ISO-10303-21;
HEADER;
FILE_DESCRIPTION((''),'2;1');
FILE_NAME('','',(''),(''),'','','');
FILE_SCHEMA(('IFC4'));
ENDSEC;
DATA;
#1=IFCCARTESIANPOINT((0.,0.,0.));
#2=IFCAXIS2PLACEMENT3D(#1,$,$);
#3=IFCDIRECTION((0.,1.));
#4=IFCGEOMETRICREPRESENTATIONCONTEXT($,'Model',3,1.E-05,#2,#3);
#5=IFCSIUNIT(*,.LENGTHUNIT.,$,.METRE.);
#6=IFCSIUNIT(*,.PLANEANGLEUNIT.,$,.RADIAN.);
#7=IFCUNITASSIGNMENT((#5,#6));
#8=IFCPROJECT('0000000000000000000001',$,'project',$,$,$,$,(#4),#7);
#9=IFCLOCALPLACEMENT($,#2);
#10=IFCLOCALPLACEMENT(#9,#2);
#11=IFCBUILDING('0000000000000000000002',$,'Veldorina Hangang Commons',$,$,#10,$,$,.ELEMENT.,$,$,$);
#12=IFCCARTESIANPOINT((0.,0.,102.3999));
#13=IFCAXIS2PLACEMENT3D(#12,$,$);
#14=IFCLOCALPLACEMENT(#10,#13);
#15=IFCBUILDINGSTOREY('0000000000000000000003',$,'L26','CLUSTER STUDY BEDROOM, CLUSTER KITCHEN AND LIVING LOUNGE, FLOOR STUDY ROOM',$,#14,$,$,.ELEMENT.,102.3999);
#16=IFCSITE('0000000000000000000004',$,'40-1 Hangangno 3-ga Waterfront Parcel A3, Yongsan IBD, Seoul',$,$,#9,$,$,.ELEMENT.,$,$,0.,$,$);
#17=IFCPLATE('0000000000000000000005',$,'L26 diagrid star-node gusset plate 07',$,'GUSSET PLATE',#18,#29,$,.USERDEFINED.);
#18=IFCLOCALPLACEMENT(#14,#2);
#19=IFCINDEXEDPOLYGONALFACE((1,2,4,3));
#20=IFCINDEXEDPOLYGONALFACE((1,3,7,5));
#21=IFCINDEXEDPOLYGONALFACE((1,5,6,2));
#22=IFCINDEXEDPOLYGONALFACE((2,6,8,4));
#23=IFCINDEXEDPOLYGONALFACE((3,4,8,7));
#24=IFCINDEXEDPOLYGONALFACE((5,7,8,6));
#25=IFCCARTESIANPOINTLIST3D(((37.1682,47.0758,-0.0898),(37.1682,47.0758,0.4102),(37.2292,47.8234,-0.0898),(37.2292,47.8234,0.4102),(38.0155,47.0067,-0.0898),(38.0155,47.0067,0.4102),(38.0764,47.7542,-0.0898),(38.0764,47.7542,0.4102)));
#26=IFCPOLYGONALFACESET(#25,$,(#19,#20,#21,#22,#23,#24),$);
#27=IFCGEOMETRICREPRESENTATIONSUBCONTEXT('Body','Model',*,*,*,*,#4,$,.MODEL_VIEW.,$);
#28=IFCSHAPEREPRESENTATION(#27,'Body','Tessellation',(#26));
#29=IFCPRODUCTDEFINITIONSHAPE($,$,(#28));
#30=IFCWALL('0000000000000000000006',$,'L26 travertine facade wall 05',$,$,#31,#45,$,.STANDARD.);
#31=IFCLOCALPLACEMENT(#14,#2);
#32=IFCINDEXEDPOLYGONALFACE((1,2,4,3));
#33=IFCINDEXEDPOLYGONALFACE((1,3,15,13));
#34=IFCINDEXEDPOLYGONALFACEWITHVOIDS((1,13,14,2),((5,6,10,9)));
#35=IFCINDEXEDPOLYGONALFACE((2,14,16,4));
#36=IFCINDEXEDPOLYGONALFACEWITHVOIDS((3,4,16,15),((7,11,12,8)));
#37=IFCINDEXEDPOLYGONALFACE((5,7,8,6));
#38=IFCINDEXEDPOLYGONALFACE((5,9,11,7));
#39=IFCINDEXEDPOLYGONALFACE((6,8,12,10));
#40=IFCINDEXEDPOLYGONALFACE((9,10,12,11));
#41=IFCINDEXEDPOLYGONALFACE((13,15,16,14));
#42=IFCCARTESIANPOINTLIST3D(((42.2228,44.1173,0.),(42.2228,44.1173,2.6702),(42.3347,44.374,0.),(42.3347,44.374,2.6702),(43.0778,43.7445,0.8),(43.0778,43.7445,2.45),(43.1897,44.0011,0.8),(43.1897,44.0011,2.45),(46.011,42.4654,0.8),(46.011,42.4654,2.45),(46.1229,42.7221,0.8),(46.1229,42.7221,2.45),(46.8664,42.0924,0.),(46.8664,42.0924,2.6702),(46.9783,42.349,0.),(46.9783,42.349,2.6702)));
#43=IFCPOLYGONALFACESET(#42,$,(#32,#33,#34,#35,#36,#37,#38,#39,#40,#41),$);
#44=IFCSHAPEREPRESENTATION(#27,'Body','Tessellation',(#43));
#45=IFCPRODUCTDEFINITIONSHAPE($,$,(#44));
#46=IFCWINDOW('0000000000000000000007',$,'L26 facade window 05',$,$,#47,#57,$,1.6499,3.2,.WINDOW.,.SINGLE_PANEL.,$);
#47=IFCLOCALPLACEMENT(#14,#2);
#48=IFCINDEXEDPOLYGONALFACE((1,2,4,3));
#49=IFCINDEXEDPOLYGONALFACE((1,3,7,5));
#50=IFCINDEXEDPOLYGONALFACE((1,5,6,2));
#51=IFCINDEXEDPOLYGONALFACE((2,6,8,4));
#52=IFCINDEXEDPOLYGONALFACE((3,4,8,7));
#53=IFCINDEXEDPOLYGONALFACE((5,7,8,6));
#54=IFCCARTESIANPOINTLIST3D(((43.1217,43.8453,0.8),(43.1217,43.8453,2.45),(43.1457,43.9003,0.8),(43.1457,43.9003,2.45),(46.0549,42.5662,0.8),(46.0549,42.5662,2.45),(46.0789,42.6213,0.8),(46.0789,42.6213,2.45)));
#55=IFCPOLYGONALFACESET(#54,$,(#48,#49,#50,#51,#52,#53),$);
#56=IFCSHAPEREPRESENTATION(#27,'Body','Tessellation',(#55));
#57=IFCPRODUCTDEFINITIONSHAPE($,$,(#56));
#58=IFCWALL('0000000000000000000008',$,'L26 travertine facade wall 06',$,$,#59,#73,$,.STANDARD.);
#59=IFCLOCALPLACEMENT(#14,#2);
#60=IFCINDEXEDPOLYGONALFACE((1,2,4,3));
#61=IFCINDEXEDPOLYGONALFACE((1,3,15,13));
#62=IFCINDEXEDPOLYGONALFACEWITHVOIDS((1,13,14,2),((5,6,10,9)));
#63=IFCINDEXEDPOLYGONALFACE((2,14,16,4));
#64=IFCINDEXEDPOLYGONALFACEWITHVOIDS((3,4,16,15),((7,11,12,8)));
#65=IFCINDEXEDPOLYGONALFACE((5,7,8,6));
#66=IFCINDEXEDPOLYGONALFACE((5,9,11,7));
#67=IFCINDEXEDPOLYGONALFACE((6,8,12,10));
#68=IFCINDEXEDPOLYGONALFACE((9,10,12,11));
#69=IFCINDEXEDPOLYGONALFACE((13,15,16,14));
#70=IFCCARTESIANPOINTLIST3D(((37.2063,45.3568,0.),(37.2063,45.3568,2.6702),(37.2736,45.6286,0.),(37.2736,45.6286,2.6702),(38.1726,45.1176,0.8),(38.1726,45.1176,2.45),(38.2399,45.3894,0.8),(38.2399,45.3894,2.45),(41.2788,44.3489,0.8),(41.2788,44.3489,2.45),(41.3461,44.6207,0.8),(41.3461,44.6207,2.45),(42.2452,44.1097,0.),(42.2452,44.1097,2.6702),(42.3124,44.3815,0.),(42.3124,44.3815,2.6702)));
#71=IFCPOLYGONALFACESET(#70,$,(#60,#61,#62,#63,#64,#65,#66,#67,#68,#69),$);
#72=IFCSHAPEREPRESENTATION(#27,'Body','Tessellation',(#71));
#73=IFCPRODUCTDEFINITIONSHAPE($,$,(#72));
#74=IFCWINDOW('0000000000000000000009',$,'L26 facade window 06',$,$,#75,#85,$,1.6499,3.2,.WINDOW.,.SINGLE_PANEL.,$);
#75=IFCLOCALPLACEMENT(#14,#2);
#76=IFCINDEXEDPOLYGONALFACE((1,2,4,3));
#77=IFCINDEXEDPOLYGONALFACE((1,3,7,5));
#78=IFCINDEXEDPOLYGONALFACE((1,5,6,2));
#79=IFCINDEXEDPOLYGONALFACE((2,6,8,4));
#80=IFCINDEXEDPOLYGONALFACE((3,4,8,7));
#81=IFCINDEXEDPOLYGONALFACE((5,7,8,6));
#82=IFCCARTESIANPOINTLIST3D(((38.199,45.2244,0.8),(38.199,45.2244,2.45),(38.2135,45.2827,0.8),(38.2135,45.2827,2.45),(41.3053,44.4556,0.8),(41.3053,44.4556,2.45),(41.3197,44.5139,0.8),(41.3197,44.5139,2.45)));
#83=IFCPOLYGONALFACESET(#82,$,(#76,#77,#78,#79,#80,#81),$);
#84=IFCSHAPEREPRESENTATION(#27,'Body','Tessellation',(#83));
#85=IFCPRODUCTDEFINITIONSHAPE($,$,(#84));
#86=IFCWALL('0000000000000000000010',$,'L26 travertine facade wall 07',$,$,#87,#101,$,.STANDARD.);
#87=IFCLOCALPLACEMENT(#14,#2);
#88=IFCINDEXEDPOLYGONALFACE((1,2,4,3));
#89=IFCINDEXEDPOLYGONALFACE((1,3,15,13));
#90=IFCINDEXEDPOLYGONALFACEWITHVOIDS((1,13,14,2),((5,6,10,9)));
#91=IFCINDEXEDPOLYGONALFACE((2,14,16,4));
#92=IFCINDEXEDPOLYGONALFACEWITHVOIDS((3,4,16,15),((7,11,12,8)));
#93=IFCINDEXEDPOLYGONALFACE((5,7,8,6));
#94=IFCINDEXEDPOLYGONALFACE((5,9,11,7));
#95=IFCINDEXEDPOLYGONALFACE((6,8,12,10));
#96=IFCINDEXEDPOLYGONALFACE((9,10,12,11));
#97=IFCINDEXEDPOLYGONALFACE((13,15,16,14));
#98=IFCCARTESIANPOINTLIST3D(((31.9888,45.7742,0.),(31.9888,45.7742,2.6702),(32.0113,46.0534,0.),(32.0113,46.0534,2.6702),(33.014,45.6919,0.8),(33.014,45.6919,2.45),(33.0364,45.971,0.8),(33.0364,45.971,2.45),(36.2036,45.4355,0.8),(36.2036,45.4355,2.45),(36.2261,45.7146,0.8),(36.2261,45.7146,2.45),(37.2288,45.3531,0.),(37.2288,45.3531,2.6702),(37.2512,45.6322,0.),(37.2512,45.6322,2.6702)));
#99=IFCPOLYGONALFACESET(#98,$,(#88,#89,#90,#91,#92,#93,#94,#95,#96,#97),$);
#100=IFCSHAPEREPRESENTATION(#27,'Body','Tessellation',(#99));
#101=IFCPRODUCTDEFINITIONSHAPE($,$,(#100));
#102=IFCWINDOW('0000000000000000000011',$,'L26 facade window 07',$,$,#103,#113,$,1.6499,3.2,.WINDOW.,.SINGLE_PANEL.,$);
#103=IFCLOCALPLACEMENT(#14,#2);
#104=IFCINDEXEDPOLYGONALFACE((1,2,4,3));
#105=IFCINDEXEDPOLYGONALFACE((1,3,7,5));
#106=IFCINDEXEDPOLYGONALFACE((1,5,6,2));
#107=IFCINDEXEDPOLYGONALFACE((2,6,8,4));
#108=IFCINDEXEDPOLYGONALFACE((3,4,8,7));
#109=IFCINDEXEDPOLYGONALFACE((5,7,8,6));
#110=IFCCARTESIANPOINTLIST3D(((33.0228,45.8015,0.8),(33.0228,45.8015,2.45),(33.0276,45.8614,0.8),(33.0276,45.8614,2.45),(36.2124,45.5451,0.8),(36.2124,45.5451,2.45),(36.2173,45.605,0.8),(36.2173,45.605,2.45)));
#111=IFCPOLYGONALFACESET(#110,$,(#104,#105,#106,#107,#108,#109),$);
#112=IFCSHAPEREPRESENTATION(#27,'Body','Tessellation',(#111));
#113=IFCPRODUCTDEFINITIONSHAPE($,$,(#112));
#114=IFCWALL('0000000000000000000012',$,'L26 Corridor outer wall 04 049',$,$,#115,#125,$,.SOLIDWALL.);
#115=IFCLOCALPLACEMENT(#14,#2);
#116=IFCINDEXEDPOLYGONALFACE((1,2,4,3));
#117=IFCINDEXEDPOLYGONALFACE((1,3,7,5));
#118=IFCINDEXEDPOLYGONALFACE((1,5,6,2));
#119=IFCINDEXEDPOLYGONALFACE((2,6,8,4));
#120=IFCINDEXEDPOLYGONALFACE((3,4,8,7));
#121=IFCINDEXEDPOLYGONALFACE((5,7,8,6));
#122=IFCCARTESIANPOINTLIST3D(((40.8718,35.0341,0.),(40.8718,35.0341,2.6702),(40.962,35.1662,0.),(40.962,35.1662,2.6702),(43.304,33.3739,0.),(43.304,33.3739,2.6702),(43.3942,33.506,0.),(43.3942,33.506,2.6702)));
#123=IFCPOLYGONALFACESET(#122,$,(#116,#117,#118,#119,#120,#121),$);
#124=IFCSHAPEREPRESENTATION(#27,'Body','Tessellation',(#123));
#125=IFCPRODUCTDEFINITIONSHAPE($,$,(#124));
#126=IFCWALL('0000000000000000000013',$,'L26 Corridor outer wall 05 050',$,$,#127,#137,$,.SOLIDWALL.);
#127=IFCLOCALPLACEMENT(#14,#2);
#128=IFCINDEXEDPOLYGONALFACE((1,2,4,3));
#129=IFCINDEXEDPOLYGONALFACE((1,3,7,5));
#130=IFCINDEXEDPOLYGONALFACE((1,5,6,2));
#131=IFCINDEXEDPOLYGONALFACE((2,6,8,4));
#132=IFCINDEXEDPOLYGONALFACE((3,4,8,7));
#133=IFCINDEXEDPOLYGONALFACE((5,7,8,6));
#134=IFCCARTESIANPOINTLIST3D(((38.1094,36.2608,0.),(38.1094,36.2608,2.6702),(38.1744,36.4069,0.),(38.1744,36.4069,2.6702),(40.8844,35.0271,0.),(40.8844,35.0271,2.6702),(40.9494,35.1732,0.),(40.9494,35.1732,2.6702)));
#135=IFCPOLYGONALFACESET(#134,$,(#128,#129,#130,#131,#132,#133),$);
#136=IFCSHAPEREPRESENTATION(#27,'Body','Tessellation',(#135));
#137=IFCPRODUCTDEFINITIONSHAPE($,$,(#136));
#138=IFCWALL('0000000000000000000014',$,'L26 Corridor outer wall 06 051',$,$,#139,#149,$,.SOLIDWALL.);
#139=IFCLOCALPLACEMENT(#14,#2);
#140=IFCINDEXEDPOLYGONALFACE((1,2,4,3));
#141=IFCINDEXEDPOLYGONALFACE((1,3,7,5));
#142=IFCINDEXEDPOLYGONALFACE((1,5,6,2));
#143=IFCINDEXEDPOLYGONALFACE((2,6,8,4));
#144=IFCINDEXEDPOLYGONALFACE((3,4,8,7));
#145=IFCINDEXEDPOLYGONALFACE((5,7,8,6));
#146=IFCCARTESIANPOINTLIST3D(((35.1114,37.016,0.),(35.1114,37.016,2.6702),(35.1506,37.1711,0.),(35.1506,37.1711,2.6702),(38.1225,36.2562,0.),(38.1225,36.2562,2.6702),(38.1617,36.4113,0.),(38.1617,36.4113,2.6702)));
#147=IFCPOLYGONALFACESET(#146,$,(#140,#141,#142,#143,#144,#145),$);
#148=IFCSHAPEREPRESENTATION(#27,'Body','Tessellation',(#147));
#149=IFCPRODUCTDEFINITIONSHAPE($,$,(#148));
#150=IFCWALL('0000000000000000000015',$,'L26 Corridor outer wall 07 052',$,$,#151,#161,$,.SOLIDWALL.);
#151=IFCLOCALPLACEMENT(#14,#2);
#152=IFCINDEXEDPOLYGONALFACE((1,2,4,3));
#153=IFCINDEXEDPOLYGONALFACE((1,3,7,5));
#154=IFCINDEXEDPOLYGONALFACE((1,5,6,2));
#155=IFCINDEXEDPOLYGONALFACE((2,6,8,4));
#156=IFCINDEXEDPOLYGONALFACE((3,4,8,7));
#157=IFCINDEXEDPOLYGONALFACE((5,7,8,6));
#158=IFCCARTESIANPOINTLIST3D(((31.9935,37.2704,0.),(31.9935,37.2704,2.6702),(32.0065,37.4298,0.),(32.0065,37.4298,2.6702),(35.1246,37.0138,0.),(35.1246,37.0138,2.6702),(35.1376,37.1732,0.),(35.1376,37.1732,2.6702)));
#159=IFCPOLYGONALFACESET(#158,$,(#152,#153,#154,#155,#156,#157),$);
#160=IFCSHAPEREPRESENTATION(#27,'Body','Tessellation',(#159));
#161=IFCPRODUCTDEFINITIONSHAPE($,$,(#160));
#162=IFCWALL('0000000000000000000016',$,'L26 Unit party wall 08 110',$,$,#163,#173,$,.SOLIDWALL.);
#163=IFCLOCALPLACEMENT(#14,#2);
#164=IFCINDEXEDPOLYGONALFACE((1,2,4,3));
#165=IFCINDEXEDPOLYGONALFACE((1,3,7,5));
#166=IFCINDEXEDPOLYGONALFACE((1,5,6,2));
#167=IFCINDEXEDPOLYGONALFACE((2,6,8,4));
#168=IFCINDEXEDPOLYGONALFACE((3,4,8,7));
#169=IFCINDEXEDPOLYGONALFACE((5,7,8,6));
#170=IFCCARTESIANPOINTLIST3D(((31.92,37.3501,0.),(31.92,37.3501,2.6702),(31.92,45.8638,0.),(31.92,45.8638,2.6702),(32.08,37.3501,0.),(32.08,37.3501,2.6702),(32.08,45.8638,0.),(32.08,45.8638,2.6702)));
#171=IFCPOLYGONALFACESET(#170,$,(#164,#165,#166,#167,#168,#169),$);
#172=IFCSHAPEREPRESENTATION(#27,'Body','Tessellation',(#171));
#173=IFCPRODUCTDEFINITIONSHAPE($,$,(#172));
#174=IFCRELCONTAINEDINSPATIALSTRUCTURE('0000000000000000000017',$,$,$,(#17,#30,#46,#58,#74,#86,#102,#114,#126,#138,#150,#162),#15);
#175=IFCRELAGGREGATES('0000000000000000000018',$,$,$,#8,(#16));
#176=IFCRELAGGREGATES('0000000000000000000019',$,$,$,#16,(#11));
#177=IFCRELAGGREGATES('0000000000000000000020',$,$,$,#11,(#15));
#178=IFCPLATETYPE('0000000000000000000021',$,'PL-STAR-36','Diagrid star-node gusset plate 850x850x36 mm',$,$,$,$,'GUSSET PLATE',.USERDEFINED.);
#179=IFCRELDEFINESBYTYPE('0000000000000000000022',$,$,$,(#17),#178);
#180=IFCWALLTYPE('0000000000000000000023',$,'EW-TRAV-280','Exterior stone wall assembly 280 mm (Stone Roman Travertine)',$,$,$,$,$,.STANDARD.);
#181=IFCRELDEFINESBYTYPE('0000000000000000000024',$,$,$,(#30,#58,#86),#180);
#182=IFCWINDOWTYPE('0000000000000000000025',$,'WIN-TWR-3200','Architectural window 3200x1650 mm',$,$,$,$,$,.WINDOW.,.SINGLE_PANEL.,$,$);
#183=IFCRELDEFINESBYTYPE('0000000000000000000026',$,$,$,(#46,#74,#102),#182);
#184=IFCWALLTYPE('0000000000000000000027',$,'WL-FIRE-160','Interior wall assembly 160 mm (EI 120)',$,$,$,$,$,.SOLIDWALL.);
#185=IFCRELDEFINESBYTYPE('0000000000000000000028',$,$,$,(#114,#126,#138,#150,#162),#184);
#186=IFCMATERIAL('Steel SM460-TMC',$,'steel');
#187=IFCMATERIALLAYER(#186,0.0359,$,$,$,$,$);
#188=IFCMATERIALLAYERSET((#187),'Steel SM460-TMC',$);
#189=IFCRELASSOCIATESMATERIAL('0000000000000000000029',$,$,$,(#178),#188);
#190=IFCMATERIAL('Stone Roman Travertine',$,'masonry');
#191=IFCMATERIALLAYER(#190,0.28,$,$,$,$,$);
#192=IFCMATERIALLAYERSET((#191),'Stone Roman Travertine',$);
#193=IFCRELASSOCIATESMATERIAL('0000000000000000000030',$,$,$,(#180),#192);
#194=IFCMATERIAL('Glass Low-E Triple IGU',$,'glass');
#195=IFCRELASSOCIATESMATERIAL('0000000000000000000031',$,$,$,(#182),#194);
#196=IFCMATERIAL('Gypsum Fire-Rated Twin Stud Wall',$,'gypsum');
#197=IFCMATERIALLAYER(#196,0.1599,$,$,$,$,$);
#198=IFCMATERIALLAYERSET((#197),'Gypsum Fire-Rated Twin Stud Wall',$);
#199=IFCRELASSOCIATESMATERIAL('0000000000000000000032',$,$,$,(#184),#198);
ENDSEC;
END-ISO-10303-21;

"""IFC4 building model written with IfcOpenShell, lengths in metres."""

from ifc_helpers import new_model, si_unit, direction, frame, frame_2d, origin, origin_2d, place, context, subcontext, project, spatial, rectangle, extrude, material, layer, layer_set, type_object, element, fill, save


model = new_model("IFC4")

# Units and contexts
model_context = context("Model", 3, precision=1e-05, world=origin(), true_north=direction((0.0, 1.0)))
body_context = subcontext(model_context, "Body", "Model", "MODEL_VIEW")
ifc_project = project(units=[si_unit("LENGTHUNIT", "METRE"), si_unit("PLANEANGLEUNIT", "RADIAN")], contexts=[model_context])

# Site, building, storey
site_placement = place(None, origin())
site = spatial("IfcSite", under=ifc_project, at=site_placement, Name="40-1 Hangangno 3-ga Waterfront Parcel A3, Yongsan IBD, Seoul", CompositionType="ELEMENT", RefElevation=0.0)
building_placement = place(site_placement, origin())
building = spatial("IfcBuilding", under=site, at=building_placement, Name="Veldorina Hangang Commons", CompositionType="ELEMENT")
storey_placement = place(building_placement, frame((0.0, 0.0, 102.3999)))
storey = spatial("IfcBuildingStorey", under=building, at=storey_placement, Name="L26", Description="CLUSTER STUDY BEDROOM, CLUSTER KITCHEN AND LIVING LOUNGE, FLOOR STUDY ROOM", CompositionType="ELEMENT", Elevation=102.3999)

# Shared definitions
ifc_material_1 = material(Name="Steel SM460-TMC", Category="steel")

# Plate
ifc_layer_1 = layer(ifc_material_1, 0.0359)
ifc_layer_set_1 = layer_set([ifc_layer_1], Name="Steel SM460-TMC")
plate_type = type_object("IfcPlateType", Name="PL-STAR-36", Description="Diagrid star-node gusset plate 850x850x36 mm", ElementType="GUSSET PLATE", PredefinedType="USERDEFINED", material=ifc_layer_set_1)
plate_1_placement = place(storey_placement, frame((37.6223, 47.415, -0.0898), z_axis=(0.0, 0.0, 1.0), x_axis=(-0.996689, 0.081312, 0.0)))
element("IfcPlate", 1, at=plate_1_placement, inside=storey, type_object=plate_type, Name="L26 diagrid star-node gusset plate 07", ObjectType="GUSSET PLATE", PredefinedType="USERDEFINED", context=body_context, shape_type="SweptSolid", body=[
    extrude(rectangle(XDim=0.8501, YDim=0.75, at=origin_2d()), origin(), (0.0, 0.0, 1.0), 0.5),
])

# Walls, openings, windows
ifc_material_2 = material(Name="Stone Roman Travertine", Category="masonry")
ifc_layer_2 = layer(ifc_material_2, 0.28)
ifc_layer_set_2 = layer_set([ifc_layer_2], Name="Stone Roman Travertine")
wall_type_1 = type_object("IfcWallType", Name="EW-TRAV-280", Description="Exterior stone wall assembly 280 mm (Stone Roman Travertine)", PredefinedType="STANDARD", material=ifc_layer_set_2)
wall_1_placement = place(storey_placement, frame((46.9224, 42.2207, 0.0), z_axis=(0.0, 0.0, 1.0), x_axis=(-0.916639, 0.399716, 0.0)))
wall_1 = element("IfcWall", 2, at=wall_1_placement, inside=storey, type_object=wall_type_1, Name="L26 travertine facade wall 05", PredefinedType="STANDARD", context=body_context, shape_type="SweptSolid", body=[
    extrude(rectangle(XDim=5.0659, YDim=0.28, at=frame_2d((2.533, 0.0))), origin(), (0.0, 0.0, 1.0), 2.6702),
])
opening_1_placement = place(wall_1_placement, frame((0.9331, 0.0, 0.8)))
opening_1 = element("IfcOpeningElement", 3, at=opening_1_placement, cuts=wall_1, PredefinedType="OPENING", context=body_context, shape_type="SweptSolid", body=[
    extrude(rectangle(XDim=3.2, YDim=1.6499, at=frame_2d((1.6001, 0.825))), frame((0.0, 0.1499, 0.0), z_axis=(0.0, -1.0, 0.0), x_axis=(1.0, 0.0, 0.0)), (0.0, 0.0, 1.0), 0.3),
])
ifc_material_3 = material(Name="Glass Low-E Triple IGU", Category="glass")
window_type = type_object("IfcWindowType", Name="WIN-TWR-3200", Description="Architectural window 3200x1650 mm", PartitioningType="SINGLE_PANEL", PredefinedType="WINDOW", material=ifc_material_3)
window_1_placement = place(opening_1_placement, origin())
window_1 = element("IfcWindow", 4, at=window_1_placement, inside=storey, type_object=window_type, Name="L26 facade window 05", OverallHeight=1.6499, OverallWidth=3.2, PartitioningType="SINGLE_PANEL", PredefinedType="WINDOW", context=body_context, shape_type="SweptSolid", body=[
    extrude(rectangle(XDim=3.2, YDim=1.6499, at=frame_2d((1.6001, 0.825))), frame((0.0, 0.03, 0.0), z_axis=(0.0, -1.0, 0.0), x_axis=(1.0, 0.0, 0.0)), (0.0, 0.0, 1.0), 0.0601),
])
fill(opening_1, window_1)
wall_2_placement = place(storey_placement, frame((42.2788, 44.2456, 0.0), z_axis=(0.0, 0.0, 1.0), x_axis=(-0.970712, 0.240244, 0.0)))
wall_2 = element("IfcWall", 5, at=wall_2_placement, inside=storey, type_object=wall_type_1, Name="L26 travertine facade wall 06", PredefinedType="STANDARD", context=body_context, shape_type="SweptSolid", body=[
    extrude(rectangle(XDim=5.1909, YDim=0.28, at=frame_2d((2.5955, 0.0))), origin(), (0.0, 0.0, 1.0), 2.6702),
])
opening_2_placement = place(wall_2_placement, frame((0.9954, 0.0, 0.8)))
opening_2 = element("IfcOpeningElement", 6, at=opening_2_placement, cuts=wall_2, PredefinedType="OPENING", context=body_context, shape_type="SweptSolid", body=[
    extrude(rectangle(XDim=3.2, YDim=1.6499, at=frame_2d((1.6001, 0.825))), frame((0.0, 0.1499, 0.0), z_axis=(0.0, -1.0, 0.0), x_axis=(1.0, 0.0, 0.0)), (0.0, 0.0, 1.0), 0.3),
])
window_2_placement = place(opening_2_placement, origin())
window_2 = element("IfcWindow", 7, at=window_2_placement, inside=storey, type_object=window_type, Name="L26 facade window 06", OverallHeight=1.6499, OverallWidth=3.2, PartitioningType="SINGLE_PANEL", PredefinedType="WINDOW", context=body_context, shape_type="SweptSolid", body=[
    extrude(rectangle(XDim=3.2, YDim=1.6499, at=frame_2d((1.6001, 0.825))), frame((0.0, 0.03, 0.0), z_axis=(0.0, -1.0, 0.0), x_axis=(1.0, 0.0, 0.0)), (0.0, 0.0, 1.0), 0.0601),
])
fill(opening_2, window_2)
wall_3_placement = place(storey_placement, frame((37.24, 45.4927, 0.0), z_axis=(0.0, 0.0, 1.0), x_axis=(-0.996786, 0.080113, 0.0)))
wall_3 = element("IfcWall", 8, at=wall_3_placement, inside=storey, type_object=wall_type_1, Name="L26 travertine facade wall 07", PredefinedType="STANDARD", context=body_context, shape_type="SweptSolid", body=[
    extrude(rectangle(XDim=5.2568, YDim=0.28, at=frame_2d((2.6284, 0.0))), origin(), (0.0, 0.0, 1.0), 2.6702),
])
opening_3_placement = place(wall_3_placement, frame((1.0283, 0.0, 0.8)))
opening_3 = element("IfcOpeningElement", 9, at=opening_3_placement, cuts=wall_3, PredefinedType="OPENING", context=body_context, shape_type="SweptSolid", body=[
    extrude(rectangle(XDim=3.2, YDim=1.6499, at=frame_2d((1.6001, 0.825))), frame((0.0, 0.1499, 0.0), z_axis=(0.0, -1.0, 0.0), x_axis=(1.0, 0.0, 0.0)), (0.0, 0.0, 1.0), 0.3),
])
window_3_placement = place(opening_3_placement, origin())
window_3 = element("IfcWindow", 10, at=window_3_placement, inside=storey, type_object=window_type, Name="L26 facade window 07", OverallHeight=1.6499, OverallWidth=3.2, PartitioningType="SINGLE_PANEL", PredefinedType="WINDOW", context=body_context, shape_type="SweptSolid", body=[
    extrude(rectangle(XDim=3.2, YDim=1.6499, at=frame_2d((1.6001, 0.825))), frame((0.0, 0.03, 0.0), z_axis=(0.0, -1.0, 0.0), x_axis=(1.0, 0.0, 0.0)), (0.0, 0.0, 1.0), 0.0601),
])
fill(opening_3, window_3)

# Walls
ifc_material_4 = material(Name="Gypsum Fire-Rated Twin Stud Wall", Category="gypsum")
ifc_layer_3 = layer(ifc_material_4, 0.1599)
ifc_layer_set_3 = layer_set([ifc_layer_3], Name="Gypsum Fire-Rated Twin Stud Wall")
wall_type_2 = type_object("IfcWallType", Name="WL-FIRE-160", Description="Interior wall assembly 160 mm (EI 120)", PredefinedType="SOLIDWALL", material=ifc_layer_set_3)
wall_4_placement = place(storey_placement, frame((43.3491, 33.4399, 0.0), z_axis=(0.0, 0.0, 1.0), x_axis=(-0.825929, 0.563774, 0.0)))
element("IfcWall", 11, at=wall_4_placement, inside=storey, type_object=wall_type_2, Name="L26 Corridor outer wall 04 049", PredefinedType="SOLIDWALL", context=body_context, shape_type="SweptSolid", body=[
    extrude(rectangle(XDim=2.9448, YDim=0.1599, at=frame_2d((1.4724, 0.0))), origin(), (0.0, 0.0, 1.0), 2.6702),
])
wall_5_placement = place(storey_placement, frame((40.917, 35.1001, 0.0), z_axis=(0.0, 0.0, 1.0), x_axis=(-0.913768, 0.406235, 0.0)))
element("IfcWall", 12, at=wall_5_placement, inside=storey, type_object=wall_type_2, Name="L26 Corridor outer wall 05 050", PredefinedType="SOLIDWALL", context=body_context, shape_type="SweptSolid", body=[
    extrude(rectangle(XDim=3.0369, YDim=0.1599, at=frame_2d((1.5186, 0.0))), origin(), (0.0, 0.0, 1.0), 2.6702),
])
wall_6_placement = place(storey_placement, frame((38.1421, 36.3337, 0.0), z_axis=(0.0, 0.0, 1.0), x_axis=(-0.969608, 0.244662, 0.0)))
element("IfcWall", 13, at=wall_6_placement, inside=storey, type_object=wall_type_2, Name="L26 Corridor outer wall 06 051", PredefinedType="SOLIDWALL", context=body_context, shape_type="SweptSolid", body=[
    extrude(rectangle(XDim=3.1055, YDim=0.1599, at=frame_2d((1.5527, 0.0))), origin(), (0.0, 0.0, 1.0), 2.6702),
])
wall_7_placement = place(storey_placement, frame((35.1311, 37.0935, 0.0), z_axis=(0.0, 0.0, 1.0), x_axis=(-0.996659, 0.081676, 0.0)))
element("IfcWall", 14, at=wall_7_placement, inside=storey, type_object=wall_type_2, Name="L26 Corridor outer wall 07 052", PredefinedType="SOLIDWALL", context=body_context, shape_type="SweptSolid", body=[
    extrude(rectangle(XDim=3.1416, YDim=0.1599, at=frame_2d((1.5708, 0.0))), origin(), (0.0, 0.0, 1.0), 2.6702),
])
wall_8_placement = place(storey_placement, frame((32.0, 37.3501, 0.0), z_axis=(0.0, 0.0, 1.0), x_axis=(0.0, 1.0, 0.0)))
element("IfcWall", 15, at=wall_8_placement, inside=storey, type_object=wall_type_2, Name="L26 Unit party wall 08 110", PredefinedType="SOLIDWALL", context=body_context, shape_type="SweptSolid", body=[
    extrude(rectangle(XDim=8.5137, YDim=0.1599, at=frame_2d((4.2568, 0.0))), origin(), (0.0, 0.0, 1.0), 2.6702),
])

save(model, "model.ifc")
